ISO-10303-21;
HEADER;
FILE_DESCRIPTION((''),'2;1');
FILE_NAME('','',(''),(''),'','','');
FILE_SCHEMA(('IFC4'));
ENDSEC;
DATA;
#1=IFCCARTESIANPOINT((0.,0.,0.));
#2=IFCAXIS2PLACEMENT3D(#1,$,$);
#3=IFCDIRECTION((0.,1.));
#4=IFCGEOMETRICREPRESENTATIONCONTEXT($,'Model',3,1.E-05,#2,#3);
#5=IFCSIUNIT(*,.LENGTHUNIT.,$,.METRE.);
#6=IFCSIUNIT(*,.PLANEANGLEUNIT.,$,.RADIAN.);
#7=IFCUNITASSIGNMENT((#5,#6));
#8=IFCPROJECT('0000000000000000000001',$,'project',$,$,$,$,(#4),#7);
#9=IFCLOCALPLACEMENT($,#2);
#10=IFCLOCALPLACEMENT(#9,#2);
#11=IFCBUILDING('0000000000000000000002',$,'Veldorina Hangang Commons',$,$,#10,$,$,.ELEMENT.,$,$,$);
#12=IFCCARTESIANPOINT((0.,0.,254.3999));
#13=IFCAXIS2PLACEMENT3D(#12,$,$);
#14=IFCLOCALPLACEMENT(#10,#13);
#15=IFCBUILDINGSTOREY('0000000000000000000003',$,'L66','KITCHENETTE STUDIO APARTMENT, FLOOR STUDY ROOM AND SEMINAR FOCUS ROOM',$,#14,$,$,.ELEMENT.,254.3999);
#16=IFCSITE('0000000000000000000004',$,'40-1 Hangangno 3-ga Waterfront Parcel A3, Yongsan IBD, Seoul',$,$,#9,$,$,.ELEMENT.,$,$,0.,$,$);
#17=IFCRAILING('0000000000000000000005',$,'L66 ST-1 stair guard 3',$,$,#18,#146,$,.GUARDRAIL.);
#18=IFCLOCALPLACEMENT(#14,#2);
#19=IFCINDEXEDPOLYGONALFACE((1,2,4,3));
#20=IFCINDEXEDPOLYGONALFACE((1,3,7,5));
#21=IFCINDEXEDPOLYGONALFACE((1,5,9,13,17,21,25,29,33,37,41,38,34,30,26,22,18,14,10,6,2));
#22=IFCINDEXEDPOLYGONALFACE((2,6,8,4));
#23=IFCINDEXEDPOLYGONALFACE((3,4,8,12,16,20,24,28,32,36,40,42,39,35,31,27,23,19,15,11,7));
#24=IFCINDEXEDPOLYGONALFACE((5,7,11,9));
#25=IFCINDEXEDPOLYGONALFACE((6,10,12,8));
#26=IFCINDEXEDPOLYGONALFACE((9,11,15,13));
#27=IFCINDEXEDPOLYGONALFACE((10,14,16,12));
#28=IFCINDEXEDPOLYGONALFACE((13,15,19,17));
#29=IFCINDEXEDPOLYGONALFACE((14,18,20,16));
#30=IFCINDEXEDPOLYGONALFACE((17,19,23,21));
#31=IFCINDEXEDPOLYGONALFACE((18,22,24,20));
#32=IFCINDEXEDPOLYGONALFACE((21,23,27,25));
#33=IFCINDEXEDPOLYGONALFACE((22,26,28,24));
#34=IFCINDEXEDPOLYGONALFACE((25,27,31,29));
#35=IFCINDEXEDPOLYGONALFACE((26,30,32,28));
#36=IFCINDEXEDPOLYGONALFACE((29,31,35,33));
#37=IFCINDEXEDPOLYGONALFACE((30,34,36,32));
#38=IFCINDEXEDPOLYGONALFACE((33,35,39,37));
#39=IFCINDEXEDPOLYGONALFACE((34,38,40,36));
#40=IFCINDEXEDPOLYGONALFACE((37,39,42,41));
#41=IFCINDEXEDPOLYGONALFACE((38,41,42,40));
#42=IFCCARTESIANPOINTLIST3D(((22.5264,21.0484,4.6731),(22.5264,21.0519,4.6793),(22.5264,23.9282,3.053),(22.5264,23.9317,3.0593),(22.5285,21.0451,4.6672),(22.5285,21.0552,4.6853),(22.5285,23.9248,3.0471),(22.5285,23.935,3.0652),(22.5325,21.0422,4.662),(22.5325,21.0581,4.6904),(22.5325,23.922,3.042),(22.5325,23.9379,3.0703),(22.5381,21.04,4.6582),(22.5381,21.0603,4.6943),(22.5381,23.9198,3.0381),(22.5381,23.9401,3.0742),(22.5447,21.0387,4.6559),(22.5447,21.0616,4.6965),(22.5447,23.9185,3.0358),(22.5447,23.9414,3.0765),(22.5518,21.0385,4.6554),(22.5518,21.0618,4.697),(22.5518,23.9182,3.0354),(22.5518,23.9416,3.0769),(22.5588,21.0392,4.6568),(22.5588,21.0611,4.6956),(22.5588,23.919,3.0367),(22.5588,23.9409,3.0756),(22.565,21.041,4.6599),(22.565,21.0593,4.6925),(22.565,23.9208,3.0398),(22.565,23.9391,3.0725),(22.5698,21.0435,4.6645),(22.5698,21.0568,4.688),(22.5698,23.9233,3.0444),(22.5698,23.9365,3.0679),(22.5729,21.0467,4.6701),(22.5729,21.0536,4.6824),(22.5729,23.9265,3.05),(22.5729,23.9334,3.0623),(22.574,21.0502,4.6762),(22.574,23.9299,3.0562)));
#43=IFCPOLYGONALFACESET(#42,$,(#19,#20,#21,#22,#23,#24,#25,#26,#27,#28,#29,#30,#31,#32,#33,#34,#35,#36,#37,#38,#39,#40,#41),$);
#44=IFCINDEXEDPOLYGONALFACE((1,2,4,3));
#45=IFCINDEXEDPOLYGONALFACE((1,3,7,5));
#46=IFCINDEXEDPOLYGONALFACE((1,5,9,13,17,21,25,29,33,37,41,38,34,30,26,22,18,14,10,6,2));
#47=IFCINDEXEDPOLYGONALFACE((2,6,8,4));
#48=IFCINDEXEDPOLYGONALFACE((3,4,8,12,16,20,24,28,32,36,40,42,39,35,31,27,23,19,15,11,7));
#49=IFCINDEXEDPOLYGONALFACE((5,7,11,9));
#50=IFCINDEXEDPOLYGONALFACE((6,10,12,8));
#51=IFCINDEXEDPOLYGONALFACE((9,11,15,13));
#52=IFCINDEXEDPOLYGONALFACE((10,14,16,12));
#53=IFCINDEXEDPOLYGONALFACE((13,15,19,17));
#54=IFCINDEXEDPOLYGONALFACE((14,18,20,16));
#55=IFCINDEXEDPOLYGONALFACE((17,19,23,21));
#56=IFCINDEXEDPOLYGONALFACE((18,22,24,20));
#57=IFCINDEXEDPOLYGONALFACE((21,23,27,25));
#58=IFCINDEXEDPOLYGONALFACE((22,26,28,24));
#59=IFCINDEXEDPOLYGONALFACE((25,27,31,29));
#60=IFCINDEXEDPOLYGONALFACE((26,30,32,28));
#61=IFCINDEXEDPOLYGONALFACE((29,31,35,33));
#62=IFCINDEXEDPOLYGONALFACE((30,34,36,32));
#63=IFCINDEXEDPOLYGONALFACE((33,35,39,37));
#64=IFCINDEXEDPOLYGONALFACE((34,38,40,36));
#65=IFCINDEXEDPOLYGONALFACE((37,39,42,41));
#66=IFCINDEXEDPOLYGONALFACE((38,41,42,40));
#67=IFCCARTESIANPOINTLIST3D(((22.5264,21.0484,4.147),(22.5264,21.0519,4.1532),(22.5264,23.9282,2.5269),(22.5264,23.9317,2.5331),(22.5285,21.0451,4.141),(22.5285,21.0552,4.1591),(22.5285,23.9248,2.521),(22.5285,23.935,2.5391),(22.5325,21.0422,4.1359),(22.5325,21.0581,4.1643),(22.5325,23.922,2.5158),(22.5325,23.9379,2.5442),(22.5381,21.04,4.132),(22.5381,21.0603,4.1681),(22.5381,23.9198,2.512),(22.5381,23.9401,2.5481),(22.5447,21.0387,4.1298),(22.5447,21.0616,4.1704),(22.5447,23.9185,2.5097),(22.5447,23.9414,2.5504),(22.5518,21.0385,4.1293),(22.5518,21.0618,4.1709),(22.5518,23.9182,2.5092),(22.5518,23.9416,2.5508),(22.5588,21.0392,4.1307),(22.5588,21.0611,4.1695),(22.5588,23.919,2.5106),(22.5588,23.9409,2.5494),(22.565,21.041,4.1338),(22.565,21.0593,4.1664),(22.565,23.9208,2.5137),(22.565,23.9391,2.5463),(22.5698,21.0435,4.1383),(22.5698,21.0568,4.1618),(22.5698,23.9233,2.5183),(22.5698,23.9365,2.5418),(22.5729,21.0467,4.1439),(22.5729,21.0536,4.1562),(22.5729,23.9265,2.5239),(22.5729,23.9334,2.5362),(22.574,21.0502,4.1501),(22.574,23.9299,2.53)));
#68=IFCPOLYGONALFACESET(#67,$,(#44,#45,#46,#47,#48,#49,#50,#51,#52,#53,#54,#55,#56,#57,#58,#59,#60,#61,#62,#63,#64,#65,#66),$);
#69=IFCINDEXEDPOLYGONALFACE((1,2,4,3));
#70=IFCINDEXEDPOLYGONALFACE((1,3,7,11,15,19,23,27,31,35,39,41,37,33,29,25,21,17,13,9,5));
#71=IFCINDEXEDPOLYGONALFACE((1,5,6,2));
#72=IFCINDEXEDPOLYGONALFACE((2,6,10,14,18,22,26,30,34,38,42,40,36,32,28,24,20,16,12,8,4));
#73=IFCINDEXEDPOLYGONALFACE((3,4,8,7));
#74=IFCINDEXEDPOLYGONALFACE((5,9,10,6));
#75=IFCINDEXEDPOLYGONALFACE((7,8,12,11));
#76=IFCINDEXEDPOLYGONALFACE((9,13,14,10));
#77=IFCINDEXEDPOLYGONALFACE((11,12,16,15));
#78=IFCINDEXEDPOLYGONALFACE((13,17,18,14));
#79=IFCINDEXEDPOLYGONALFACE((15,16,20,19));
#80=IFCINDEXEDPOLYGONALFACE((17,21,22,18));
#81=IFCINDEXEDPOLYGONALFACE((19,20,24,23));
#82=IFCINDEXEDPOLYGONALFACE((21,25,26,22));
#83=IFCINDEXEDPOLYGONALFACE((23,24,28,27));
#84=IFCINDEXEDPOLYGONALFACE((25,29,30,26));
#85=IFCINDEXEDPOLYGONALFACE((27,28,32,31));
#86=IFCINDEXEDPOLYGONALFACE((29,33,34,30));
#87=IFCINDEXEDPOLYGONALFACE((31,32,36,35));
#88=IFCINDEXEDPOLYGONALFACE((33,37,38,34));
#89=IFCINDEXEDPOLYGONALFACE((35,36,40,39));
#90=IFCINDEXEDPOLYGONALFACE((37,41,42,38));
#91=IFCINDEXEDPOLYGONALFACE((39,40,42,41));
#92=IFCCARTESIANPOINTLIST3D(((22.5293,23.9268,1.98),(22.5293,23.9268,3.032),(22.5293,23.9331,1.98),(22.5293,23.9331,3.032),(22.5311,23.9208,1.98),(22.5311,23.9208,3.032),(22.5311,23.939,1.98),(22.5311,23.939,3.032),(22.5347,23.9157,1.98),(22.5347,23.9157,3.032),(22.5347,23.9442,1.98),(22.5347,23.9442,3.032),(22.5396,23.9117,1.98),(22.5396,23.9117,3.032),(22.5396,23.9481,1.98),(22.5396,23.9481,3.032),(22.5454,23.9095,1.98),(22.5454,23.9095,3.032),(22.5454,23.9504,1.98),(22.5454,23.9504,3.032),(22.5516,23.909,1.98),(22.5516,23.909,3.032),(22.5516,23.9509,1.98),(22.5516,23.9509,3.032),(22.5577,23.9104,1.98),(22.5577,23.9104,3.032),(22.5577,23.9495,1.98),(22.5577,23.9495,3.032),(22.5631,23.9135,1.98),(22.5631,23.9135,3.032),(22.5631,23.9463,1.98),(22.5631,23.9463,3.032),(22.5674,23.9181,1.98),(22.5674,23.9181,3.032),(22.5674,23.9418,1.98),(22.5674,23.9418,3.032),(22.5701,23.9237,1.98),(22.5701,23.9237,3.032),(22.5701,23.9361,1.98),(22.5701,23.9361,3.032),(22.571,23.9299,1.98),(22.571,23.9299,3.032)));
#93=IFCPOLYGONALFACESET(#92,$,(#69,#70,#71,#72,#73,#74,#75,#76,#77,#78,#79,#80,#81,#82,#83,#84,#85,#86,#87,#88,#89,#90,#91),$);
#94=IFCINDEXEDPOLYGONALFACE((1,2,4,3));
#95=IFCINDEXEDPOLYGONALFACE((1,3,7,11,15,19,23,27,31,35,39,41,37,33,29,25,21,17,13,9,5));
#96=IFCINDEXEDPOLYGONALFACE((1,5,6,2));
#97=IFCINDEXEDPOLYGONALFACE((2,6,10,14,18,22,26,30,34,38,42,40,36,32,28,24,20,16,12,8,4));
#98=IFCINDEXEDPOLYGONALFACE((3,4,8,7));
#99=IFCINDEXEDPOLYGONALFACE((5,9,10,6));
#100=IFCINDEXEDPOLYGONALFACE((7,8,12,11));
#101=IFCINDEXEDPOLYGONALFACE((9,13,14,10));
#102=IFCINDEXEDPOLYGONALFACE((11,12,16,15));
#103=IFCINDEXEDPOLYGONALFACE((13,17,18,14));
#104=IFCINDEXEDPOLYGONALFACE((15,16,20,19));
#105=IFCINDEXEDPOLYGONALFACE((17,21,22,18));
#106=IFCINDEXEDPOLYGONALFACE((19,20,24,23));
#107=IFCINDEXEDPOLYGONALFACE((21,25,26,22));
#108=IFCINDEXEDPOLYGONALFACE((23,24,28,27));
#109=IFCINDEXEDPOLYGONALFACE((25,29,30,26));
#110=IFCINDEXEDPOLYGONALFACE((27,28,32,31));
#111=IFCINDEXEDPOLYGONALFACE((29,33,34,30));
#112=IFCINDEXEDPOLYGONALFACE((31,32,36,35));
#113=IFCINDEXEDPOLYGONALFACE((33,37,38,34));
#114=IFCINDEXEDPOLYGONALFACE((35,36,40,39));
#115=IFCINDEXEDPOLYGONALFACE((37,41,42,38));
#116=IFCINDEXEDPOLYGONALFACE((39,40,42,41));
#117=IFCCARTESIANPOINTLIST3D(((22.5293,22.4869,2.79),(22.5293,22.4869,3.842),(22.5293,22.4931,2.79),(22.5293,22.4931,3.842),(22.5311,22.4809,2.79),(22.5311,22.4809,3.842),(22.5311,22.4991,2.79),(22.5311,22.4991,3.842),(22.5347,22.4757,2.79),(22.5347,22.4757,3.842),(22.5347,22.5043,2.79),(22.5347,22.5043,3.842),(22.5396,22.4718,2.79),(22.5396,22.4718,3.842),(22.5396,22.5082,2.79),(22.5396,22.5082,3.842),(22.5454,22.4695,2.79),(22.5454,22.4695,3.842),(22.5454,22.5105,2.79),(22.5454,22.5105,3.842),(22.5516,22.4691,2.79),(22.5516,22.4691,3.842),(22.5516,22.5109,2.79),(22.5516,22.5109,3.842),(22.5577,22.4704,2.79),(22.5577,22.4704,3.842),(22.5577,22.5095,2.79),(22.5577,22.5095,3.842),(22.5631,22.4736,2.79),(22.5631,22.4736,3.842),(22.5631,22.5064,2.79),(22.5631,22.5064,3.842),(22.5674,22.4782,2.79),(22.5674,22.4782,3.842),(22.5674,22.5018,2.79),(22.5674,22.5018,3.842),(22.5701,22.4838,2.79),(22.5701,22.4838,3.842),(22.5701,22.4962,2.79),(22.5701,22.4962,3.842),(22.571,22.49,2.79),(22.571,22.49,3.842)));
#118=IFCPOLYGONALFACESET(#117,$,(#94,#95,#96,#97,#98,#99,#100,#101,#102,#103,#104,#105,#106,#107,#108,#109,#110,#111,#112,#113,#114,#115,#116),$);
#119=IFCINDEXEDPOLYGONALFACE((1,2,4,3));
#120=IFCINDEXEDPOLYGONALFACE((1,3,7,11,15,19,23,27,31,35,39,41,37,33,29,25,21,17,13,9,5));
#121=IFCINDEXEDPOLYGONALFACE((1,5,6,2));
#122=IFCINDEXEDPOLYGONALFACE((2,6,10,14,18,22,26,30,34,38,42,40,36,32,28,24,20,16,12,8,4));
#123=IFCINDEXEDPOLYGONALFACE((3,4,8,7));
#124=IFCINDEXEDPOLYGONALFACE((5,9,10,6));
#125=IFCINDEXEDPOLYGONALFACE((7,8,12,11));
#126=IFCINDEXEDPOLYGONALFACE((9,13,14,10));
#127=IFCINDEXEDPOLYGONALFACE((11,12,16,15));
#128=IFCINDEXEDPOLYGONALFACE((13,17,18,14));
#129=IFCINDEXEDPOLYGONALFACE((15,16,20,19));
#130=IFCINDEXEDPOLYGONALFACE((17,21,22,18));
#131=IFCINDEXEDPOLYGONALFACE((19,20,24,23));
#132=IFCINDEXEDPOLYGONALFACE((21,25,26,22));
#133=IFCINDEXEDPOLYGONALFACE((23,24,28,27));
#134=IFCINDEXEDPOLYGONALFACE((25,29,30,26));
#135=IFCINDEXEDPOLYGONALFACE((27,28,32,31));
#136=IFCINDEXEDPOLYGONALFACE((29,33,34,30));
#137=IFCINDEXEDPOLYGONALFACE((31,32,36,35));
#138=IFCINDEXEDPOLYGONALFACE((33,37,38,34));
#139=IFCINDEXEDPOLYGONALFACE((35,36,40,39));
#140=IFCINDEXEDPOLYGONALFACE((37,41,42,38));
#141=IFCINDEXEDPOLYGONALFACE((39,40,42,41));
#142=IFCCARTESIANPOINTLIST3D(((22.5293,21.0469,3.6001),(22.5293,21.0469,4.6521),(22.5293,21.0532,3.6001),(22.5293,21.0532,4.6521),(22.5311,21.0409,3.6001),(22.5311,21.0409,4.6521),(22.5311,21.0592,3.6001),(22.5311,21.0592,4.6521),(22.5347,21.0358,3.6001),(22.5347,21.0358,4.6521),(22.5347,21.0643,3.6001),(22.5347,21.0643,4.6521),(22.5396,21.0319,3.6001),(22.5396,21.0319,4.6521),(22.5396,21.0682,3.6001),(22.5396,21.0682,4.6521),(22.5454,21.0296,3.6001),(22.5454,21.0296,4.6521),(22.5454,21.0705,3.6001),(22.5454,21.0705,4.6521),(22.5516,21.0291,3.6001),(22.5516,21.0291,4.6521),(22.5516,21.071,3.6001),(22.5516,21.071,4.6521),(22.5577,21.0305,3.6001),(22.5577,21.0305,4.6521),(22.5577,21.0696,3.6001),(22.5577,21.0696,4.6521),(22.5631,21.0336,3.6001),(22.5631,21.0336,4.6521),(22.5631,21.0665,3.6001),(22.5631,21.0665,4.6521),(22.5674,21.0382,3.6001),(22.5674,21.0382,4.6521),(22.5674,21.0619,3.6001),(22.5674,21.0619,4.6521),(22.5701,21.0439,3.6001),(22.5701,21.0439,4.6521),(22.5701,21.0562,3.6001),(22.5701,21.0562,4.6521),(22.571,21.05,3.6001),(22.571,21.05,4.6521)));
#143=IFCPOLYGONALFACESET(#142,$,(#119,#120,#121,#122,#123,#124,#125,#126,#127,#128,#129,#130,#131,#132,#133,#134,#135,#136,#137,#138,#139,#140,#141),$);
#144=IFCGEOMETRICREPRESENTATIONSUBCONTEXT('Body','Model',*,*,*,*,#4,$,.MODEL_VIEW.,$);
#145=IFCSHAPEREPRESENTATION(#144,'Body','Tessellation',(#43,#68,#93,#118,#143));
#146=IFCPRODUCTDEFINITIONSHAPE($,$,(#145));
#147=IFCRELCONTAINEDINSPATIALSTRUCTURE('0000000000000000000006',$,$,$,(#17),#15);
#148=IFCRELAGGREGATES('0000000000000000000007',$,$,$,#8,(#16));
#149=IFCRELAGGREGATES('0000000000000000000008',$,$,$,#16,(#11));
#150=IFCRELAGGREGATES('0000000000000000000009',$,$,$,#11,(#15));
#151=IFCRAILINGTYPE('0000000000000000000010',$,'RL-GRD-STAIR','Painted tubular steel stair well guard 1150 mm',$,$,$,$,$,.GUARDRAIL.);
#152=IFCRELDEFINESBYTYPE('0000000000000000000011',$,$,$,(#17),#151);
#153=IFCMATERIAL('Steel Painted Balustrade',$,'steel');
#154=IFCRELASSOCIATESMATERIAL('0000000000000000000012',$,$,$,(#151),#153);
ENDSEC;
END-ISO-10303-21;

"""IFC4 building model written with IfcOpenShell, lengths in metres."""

from ifc_helpers import new_model, si_unit, direction, frame, origin, origin_2d, place, context, subcontext, project, spatial, circle, extrude, material, type_object, element, save


model = new_model("IFC4")

# Units and contexts
model_context = context("Model", 3, precision=1e-05, world=origin(), true_north=direction((0.0, 1.0)))
body_context = subcontext(model_context, "Body", "Model", "MODEL_VIEW")
ifc_project = project(units=[si_unit("LENGTHUNIT", "METRE"), si_unit("PLANEANGLEUNIT", "RADIAN")], contexts=[model_context])

# Site, building, storey
site_placement = place(None, origin())
site = spatial("IfcSite", under=ifc_project, at=site_placement, Name="40-1 Hangangno 3-ga Waterfront Parcel A3, Yongsan IBD, Seoul", CompositionType="ELEMENT", RefElevation=0.0)
building_placement = place(site_placement, origin())
building = spatial("IfcBuilding", under=site, at=building_placement, Name="Veldorina Hangang Commons", CompositionType="ELEMENT")
storey_placement = place(building_placement, frame((0.0, 0.0, 254.3999)))
storey = spatial("IfcBuildingStorey", under=building, at=storey_placement, Name="L66", Description="KITCHENETTE STUDIO APARTMENT, FLOOR STUDY ROOM AND SEMINAR FOCUS ROOM", CompositionType="ELEMENT", Elevation=254.3999)

# Railing
ifc_material_1 = material(Name="Steel Painted Balustrade", Category="steel")
railing_type = type_object("IfcRailingType", Name="RL-GRD-STAIR", Description="Painted tubular steel stair well guard 1150 mm", PredefinedType="GUARDRAIL", material=ifc_material_1)
railing_1_placement = place(storey_placement, frame((22.55, 23.9299, 1.98)))
element("IfcRailing", 1, at=railing_1_placement, inside=storey, type_object=railing_type, Name="L66 ST-1 stair guard 3", PredefinedType="GUARDRAIL", context=body_context, shape_type="SweptSolid", body=[
    extrude(circle(Radius=0.0239, at=origin_2d()), frame((0.0, 0.0, 1.0762), z_axis=(0.0, -0.871552, 0.490303), x_axis=(1.0, 0.0, 0.0)), (0.0, 0.0, 1.0), 3.3042),
    extrude(circle(Radius=0.0239, at=origin_2d()), frame((0.0, 0.0, 0.55), z_axis=(0.0, -0.871552, 0.490303), x_axis=(1.0, 0.0, 0.0)), (0.0, 0.0, 1.0), 3.3042),
    extrude(circle(Radius=0.021, at=origin_2d()), origin(), (0.0, 0.0, 1.0), 1.052),
    extrude(circle(Radius=0.021, at=origin_2d()), frame((0.0, -1.4399, 0.8101)), (0.0, 0.0, 1.0), 1.052),
    extrude(circle(Radius=0.021, at=origin_2d()), frame((0.0, -2.8799, 1.6201)), (0.0, 0.0, 1.0), 1.052),
])

save(model, "model.ifc")
